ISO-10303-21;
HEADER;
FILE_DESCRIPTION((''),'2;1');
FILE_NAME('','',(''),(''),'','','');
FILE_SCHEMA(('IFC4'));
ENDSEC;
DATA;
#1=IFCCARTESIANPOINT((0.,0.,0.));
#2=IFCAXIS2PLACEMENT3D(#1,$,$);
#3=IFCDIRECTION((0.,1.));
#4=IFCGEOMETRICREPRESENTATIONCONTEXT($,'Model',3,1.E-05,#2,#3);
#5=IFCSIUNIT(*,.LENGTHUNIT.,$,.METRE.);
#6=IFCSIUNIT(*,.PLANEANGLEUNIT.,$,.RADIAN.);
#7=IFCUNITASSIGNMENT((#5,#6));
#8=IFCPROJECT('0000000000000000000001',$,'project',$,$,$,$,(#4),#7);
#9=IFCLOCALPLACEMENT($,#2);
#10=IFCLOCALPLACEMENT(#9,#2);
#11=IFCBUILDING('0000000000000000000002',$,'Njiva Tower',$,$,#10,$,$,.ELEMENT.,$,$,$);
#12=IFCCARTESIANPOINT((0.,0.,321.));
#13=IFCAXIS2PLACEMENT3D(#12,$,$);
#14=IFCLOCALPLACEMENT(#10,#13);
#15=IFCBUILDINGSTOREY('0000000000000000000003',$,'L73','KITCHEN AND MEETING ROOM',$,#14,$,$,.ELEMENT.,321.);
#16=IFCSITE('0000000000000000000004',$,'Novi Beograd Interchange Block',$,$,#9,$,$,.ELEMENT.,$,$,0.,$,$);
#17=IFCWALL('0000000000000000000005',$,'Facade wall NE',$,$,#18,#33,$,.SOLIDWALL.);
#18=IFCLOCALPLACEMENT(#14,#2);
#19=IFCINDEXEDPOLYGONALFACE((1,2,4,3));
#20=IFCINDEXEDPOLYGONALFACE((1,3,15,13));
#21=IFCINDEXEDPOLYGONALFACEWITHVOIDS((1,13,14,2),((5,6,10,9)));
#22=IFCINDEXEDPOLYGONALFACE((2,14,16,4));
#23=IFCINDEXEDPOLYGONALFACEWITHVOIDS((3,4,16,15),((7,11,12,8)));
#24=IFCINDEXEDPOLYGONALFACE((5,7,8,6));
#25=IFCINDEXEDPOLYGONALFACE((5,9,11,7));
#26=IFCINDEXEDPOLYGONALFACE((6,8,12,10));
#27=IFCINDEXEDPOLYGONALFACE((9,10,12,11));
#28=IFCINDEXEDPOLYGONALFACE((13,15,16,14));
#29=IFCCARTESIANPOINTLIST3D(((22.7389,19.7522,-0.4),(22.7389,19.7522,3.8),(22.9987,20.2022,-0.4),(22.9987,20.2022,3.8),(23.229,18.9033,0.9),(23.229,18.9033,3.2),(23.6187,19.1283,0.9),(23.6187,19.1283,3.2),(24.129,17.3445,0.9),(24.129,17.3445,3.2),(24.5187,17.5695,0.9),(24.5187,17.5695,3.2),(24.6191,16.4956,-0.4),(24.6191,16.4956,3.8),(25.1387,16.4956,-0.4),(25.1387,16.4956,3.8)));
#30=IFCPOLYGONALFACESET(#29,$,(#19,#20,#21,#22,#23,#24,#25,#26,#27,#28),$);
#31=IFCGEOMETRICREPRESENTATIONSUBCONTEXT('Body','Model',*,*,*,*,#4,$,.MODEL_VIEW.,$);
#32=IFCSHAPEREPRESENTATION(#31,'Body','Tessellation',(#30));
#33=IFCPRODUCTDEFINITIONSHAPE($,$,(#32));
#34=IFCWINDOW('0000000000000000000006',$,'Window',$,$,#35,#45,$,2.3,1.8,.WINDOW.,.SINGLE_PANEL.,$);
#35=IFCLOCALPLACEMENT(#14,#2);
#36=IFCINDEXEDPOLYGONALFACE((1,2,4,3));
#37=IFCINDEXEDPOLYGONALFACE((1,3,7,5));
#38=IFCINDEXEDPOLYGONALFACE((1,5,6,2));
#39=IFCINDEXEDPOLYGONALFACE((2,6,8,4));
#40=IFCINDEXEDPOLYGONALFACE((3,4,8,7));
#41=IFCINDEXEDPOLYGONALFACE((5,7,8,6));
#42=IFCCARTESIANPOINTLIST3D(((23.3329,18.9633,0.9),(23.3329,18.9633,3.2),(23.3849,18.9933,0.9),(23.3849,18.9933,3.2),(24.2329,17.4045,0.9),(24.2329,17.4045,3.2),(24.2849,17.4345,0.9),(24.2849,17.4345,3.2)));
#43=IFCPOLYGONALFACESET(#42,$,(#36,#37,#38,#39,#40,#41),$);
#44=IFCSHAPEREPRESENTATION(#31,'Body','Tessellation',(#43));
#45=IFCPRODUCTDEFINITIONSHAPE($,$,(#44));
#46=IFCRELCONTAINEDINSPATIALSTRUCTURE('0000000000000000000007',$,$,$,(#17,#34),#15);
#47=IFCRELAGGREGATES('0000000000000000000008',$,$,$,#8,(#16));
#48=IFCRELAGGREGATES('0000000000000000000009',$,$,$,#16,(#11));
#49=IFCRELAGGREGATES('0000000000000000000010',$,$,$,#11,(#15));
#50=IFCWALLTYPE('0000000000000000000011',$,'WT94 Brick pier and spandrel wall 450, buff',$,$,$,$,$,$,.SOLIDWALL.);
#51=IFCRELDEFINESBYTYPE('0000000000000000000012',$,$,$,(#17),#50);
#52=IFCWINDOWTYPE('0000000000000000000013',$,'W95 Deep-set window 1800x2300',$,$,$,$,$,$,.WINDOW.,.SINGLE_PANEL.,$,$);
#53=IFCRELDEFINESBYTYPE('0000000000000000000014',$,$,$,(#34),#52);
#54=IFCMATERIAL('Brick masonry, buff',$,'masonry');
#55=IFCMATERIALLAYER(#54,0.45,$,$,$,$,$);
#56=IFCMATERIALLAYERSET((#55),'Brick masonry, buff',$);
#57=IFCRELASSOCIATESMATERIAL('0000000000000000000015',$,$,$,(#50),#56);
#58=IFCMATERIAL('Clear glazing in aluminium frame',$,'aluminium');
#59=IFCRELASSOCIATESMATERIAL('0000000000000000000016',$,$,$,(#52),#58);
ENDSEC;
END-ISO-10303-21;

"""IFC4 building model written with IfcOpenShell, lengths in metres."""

from ifc_helpers import new_model, si_unit, direction, frame, frame_2d, origin, place, context, subcontext, project, spatial, polyline, rectangle, outline, extrude, material, layer, layer_set, type_object, element, fill, save


model = new_model("IFC4")

# Units and contexts
model_context = context("Model", 3, precision=1e-05, world=origin(), true_north=direction((0.0, 1.0)))
body_context = subcontext(model_context, "Body", "Model", "MODEL_VIEW")
ifc_project = project(units=[si_unit("LENGTHUNIT", "METRE"), si_unit("PLANEANGLEUNIT", "RADIAN")], contexts=[model_context])

# Site, building, storey
site_placement = place(None, origin())
site = spatial("IfcSite", under=ifc_project, at=site_placement, Name="Novi Beograd Interchange Block", CompositionType="ELEMENT", RefElevation=0.0)
building_placement = place(site_placement, origin())
building = spatial("IfcBuilding", under=site, at=building_placement, Name="Njiva Tower", CompositionType="ELEMENT")
storey_placement = place(building_placement, frame((0.0, 0.0, 321.0)))
storey = spatial("IfcBuildingStorey", under=building, at=storey_placement, Name="L73", Description="KITCHEN AND MEETING ROOM", CompositionType="ELEMENT", Elevation=321.0)

# Shared definitions
ifc_material_1 = material(Name="Clear glazing in aluminium frame", Category="aluminium")

# Wall, opening, window
ifc_material_2 = material(Name="Brick masonry, buff", Category="masonry")
ifc_layer_1 = layer(ifc_material_2, 0.45)
ifc_layer_set_1 = layer_set([ifc_layer_1], Name="Brick masonry, buff")
wall_type_1 = type_object("IfcWallType", Name="WT94 Brick pier and spandrel wall 450, buff", PredefinedType="SOLIDWALL", material=ifc_layer_set_1)
wall_1_placement = place(storey_placement, frame((24.8789, 16.4956, -0.4), z_axis=(0.0, 0.0, 1.0), x_axis=(-0.499999, 0.866026, 0.0)))
wall_1 = element("IfcWall", 1, at=wall_1_placement, inside=storey, type_object=wall_type_1, Name="Facade wall NE", PredefinedType="SOLIDWALL", context=body_context, shape_type="SweptSolid", body=[
    extrude(outline(polyline([(-0.1299, -0.225), (4.1501, -0.225), (3.8903, 0.225), (0.1299, 0.225), (-0.1299, -0.225)])), origin(), (0.0, 0.0, 1.0), 4.2),
])
opening_1_placement = place(wall_1_placement, frame((1.1101, 0.0, 1.3)))
opening_1 = element("IfcOpeningElement", 2, at=opening_1_placement, cuts=wall_1, PredefinedType="OPENING", context=body_context, shape_type="SweptSolid", body=[
    extrude(rectangle(XDim=1.8, YDim=2.3, at=frame_2d((0.9, 1.15))), frame((0.0, 0.235, 0.0), z_axis=(0.0, -1.0, 0.0), x_axis=(1.0, 0.0, 0.0)), (0.0, 0.0, 1.0), 0.47),
])
window_type_1 = type_object("IfcWindowType", Name="W95 Deep-set window 1800x2300", PartitioningType="SINGLE_PANEL", PredefinedType="WINDOW", material=ifc_material_1)
window_1_placement = place(opening_1_placement, origin())
window_1 = element("IfcWindow", 3, at=window_1_placement, inside=storey, type_object=window_type_1, Name="Window", OverallHeight=2.3, OverallWidth=1.8, PartitioningType="SINGLE_PANEL", PredefinedType="WINDOW", context=body_context, shape_type="SweptSolid", body=[
    extrude(rectangle(XDim=1.8, YDim=2.3, at=frame_2d((0.9, 1.15))), frame((0.0, 0.105, 0.0), z_axis=(0.0, -1.0, 0.0), x_axis=(1.0, 0.0, 0.0)), (0.0, 0.0, 1.0), 0.06),
])
fill(opening_1, window_1)

save(model, "model.ifc")
